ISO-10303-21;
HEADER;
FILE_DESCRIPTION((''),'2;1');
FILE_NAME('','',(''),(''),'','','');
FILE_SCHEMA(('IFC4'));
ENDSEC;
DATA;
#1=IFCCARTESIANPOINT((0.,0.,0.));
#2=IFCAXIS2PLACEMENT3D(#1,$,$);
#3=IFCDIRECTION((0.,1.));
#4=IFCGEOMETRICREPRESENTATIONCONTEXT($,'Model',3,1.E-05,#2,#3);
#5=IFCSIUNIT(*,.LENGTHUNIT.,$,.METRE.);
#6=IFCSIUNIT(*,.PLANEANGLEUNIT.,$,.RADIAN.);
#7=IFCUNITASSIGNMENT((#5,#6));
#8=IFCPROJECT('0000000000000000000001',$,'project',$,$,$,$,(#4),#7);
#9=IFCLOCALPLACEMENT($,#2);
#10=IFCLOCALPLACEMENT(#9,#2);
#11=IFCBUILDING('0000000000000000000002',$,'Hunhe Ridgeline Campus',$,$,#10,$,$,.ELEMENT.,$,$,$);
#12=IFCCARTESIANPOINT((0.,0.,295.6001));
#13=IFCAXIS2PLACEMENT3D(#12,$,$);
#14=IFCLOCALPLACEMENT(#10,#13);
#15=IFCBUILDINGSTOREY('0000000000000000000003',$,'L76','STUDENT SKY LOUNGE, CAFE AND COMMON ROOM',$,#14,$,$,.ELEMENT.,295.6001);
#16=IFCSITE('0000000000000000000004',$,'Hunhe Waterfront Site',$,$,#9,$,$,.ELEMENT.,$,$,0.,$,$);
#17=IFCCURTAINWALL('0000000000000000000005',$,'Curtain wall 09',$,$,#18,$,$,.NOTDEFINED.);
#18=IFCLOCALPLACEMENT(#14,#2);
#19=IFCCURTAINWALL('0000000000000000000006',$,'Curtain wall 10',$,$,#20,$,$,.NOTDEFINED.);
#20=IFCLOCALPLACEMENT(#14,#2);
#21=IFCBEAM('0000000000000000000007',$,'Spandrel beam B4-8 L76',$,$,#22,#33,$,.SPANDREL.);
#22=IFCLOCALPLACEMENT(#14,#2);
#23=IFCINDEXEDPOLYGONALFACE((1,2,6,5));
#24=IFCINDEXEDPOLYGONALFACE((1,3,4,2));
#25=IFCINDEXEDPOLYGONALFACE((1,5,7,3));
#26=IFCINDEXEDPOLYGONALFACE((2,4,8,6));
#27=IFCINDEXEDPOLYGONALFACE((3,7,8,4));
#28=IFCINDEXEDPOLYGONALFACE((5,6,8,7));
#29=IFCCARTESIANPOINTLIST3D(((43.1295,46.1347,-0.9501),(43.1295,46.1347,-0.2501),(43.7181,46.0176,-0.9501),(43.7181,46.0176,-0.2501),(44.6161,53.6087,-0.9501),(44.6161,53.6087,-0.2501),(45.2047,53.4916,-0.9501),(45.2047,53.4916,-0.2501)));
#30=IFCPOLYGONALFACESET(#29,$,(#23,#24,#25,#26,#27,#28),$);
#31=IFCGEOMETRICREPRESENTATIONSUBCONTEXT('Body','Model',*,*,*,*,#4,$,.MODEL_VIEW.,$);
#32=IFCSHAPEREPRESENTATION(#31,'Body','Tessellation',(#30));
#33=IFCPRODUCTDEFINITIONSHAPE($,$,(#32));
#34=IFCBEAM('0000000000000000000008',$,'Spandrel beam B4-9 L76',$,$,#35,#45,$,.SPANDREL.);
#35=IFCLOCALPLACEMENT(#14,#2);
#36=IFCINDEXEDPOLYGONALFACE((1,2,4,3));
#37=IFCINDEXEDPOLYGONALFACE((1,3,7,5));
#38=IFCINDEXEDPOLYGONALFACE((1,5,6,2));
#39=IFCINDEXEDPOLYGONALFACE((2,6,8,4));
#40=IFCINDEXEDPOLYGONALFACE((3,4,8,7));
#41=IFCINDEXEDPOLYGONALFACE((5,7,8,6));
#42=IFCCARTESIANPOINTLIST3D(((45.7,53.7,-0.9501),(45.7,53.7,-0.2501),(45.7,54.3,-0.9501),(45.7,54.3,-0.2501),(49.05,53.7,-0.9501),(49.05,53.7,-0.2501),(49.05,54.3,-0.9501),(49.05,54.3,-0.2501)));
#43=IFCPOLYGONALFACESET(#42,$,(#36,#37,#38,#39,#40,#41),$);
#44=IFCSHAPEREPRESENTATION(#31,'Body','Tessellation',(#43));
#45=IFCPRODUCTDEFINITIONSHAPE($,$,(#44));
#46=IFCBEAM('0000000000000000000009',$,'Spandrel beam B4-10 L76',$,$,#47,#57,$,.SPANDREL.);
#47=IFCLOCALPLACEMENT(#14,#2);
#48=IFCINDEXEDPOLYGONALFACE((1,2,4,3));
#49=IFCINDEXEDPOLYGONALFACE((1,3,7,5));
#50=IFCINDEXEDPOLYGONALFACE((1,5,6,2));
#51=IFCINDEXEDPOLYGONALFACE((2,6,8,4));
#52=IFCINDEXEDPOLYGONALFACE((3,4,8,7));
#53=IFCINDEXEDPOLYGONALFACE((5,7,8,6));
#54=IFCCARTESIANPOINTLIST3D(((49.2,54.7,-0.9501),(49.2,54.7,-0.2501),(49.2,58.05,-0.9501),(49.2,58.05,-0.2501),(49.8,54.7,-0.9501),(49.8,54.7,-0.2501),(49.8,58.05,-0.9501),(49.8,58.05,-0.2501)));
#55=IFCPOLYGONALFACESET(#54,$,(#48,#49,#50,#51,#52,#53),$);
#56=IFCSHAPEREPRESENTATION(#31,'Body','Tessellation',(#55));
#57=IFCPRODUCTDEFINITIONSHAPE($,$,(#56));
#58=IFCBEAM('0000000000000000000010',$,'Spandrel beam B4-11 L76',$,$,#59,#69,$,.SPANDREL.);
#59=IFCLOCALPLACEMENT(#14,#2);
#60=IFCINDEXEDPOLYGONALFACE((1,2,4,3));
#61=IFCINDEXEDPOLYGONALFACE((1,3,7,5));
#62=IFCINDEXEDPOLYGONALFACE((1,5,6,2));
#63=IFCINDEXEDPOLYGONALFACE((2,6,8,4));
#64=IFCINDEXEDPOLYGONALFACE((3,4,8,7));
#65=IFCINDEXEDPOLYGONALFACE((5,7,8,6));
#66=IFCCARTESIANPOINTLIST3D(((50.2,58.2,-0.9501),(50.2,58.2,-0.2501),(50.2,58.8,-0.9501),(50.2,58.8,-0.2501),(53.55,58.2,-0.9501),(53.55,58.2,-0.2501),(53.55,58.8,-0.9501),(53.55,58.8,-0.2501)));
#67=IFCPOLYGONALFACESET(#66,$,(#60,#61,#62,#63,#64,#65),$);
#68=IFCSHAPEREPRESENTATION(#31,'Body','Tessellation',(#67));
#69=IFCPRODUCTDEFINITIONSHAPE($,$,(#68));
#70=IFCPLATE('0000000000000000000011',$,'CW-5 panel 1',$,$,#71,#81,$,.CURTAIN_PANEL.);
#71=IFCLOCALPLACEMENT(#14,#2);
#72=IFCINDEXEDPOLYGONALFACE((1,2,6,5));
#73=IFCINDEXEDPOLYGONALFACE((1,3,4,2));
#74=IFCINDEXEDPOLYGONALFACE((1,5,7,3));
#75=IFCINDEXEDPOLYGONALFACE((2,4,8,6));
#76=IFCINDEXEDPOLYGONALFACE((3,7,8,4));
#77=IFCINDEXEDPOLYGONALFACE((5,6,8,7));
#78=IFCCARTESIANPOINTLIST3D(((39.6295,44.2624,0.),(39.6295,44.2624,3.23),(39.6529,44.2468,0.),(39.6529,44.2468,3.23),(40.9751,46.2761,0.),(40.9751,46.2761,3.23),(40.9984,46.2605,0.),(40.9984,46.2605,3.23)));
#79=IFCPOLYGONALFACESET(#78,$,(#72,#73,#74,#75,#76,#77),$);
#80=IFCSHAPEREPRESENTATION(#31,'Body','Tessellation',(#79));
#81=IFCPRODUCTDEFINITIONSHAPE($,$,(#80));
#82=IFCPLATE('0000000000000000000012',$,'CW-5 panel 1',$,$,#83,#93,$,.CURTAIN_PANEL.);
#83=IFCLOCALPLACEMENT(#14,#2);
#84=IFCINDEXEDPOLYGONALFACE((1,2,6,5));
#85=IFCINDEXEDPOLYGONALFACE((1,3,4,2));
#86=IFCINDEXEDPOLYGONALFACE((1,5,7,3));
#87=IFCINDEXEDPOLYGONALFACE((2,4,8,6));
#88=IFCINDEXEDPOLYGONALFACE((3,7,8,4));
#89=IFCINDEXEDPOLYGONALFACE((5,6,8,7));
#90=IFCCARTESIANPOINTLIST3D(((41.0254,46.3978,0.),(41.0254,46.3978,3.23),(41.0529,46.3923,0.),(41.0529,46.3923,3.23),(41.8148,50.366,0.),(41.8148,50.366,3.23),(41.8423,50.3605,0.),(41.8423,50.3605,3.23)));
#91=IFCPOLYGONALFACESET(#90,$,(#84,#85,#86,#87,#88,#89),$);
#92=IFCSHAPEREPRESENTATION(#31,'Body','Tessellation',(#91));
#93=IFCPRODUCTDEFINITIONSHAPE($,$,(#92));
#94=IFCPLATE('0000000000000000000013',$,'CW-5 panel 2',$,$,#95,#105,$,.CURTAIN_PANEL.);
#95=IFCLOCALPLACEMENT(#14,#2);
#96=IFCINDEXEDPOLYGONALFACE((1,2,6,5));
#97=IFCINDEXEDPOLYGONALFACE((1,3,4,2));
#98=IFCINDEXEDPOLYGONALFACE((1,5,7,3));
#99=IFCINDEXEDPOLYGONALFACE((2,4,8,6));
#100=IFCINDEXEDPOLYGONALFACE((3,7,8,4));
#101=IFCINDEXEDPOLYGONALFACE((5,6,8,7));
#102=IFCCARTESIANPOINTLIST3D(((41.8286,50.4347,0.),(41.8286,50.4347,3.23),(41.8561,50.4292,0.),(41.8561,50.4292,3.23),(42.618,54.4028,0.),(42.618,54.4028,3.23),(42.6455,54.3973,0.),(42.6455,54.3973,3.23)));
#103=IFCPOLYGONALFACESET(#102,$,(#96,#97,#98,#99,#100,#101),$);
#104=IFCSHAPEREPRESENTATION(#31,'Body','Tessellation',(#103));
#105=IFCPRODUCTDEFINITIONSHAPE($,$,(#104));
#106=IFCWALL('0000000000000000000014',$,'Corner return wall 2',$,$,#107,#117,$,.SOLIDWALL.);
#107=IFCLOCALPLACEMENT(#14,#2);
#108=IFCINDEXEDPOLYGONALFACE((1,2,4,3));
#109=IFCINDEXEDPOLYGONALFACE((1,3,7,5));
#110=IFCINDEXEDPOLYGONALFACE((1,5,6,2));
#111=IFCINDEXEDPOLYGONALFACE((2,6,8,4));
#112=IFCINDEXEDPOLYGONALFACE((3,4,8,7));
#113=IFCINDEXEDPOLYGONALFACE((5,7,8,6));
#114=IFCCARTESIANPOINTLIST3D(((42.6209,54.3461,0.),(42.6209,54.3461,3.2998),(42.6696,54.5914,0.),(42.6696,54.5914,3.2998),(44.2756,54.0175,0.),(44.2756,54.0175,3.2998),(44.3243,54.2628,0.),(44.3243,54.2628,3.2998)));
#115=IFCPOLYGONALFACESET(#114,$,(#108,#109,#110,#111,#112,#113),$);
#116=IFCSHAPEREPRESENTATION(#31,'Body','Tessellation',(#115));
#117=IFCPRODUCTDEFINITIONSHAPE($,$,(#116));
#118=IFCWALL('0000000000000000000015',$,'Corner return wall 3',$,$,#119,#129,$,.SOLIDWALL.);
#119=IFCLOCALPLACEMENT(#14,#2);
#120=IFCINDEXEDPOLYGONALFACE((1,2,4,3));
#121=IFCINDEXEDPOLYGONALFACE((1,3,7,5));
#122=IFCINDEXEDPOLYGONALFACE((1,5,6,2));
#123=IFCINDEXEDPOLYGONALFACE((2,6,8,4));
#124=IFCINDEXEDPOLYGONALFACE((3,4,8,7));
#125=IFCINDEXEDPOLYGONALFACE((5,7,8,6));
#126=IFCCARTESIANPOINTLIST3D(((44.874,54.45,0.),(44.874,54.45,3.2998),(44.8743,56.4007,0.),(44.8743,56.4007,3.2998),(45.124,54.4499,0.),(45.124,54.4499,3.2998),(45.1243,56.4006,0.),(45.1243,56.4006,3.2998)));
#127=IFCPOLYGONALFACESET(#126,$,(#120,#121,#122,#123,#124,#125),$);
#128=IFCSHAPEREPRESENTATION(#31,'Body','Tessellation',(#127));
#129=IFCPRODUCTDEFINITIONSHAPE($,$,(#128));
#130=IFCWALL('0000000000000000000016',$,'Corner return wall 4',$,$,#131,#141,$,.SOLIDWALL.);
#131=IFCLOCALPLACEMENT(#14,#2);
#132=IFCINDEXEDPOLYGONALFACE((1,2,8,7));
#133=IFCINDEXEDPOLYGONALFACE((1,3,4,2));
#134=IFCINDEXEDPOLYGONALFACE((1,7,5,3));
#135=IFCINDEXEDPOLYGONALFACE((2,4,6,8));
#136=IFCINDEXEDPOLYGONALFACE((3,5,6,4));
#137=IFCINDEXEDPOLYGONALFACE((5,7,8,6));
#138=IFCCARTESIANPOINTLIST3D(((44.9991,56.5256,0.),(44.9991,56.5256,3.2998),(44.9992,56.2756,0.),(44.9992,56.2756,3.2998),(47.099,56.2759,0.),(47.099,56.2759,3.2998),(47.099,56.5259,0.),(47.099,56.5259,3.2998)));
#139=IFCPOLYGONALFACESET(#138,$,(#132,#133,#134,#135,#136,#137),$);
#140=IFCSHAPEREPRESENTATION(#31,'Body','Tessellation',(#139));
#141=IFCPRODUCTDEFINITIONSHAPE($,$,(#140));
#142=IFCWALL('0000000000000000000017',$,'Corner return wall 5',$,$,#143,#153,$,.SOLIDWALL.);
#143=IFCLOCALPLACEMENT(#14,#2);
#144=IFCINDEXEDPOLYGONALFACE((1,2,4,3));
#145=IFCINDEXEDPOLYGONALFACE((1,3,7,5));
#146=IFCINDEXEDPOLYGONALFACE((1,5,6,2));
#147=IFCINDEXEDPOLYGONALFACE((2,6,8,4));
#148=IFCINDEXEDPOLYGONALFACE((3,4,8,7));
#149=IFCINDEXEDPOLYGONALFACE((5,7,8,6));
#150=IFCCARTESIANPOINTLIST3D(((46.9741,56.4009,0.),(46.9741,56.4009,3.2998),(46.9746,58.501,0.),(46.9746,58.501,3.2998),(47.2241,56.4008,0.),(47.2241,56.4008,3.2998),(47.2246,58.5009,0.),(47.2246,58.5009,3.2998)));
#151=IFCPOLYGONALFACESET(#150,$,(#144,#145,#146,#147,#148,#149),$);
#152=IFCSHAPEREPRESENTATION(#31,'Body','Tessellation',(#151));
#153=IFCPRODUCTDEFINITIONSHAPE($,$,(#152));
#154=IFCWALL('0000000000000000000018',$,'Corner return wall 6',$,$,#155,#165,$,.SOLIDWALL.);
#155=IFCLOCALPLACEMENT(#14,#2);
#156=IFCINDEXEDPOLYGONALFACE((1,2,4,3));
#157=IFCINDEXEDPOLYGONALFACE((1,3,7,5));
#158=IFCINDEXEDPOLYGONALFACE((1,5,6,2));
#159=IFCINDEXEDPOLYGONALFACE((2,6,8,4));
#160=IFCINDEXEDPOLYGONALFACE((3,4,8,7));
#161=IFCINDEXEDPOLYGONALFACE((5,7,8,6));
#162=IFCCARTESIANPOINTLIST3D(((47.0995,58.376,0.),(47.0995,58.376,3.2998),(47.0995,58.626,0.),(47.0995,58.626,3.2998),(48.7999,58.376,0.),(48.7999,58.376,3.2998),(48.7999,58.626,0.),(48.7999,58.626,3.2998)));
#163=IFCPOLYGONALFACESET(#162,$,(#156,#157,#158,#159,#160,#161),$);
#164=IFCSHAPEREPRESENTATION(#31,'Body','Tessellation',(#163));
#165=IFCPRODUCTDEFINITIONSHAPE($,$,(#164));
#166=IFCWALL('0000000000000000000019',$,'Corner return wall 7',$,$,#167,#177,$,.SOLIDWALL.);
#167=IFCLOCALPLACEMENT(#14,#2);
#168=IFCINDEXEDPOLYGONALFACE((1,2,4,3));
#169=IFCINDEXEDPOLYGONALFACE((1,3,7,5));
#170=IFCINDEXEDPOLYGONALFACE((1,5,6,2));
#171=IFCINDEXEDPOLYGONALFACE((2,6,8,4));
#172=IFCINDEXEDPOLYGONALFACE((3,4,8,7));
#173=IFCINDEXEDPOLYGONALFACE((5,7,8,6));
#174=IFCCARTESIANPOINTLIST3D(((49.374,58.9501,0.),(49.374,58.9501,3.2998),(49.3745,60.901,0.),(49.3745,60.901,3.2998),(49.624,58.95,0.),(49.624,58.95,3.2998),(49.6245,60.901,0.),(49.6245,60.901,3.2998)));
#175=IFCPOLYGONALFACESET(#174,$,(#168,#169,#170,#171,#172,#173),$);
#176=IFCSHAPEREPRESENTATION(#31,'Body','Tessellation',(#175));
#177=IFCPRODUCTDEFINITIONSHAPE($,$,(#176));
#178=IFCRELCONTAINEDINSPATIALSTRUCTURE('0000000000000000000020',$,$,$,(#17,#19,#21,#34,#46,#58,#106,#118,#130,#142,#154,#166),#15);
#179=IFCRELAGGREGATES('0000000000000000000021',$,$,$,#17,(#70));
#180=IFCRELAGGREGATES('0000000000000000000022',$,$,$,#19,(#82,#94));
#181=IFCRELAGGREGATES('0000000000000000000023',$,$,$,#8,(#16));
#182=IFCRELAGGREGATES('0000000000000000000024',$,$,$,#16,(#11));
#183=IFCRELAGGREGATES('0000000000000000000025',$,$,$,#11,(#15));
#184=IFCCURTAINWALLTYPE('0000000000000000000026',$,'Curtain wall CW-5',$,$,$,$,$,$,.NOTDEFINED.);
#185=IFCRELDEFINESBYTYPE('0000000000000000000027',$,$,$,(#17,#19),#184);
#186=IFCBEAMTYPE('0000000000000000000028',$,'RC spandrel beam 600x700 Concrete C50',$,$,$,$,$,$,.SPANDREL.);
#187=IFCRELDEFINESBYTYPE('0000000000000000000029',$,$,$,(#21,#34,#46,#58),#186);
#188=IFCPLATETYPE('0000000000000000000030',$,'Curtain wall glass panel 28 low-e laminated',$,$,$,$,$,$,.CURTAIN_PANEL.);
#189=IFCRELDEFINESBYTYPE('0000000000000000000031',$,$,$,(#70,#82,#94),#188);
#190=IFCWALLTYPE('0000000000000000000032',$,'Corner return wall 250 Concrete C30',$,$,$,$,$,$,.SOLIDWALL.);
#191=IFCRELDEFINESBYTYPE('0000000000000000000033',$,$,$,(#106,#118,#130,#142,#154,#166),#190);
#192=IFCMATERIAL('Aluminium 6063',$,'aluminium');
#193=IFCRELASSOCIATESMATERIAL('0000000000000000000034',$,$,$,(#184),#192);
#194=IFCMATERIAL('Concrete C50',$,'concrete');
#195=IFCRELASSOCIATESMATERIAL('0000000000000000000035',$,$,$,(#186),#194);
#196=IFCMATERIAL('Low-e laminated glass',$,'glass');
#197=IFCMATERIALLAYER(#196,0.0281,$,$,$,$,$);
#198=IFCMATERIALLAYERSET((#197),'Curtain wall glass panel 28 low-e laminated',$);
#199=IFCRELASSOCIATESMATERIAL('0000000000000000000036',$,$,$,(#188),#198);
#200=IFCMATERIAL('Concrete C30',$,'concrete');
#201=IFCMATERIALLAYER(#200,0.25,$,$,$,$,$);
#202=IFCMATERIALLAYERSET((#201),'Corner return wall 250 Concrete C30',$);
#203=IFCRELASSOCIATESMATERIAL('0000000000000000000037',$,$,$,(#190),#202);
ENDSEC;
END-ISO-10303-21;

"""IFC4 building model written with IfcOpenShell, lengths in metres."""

from ifc_helpers import new_model, si_unit, direction, frame, frame_2d, origin, origin_2d, place, context, subcontext, project, spatial, rectangle, extrude, material, layer, layer_set, material_profile, profile_set, type_object, element, aggregate, save


model = new_model("IFC4")

# Units and contexts
model_context = context("Model", 3, precision=1e-05, world=origin(), true_north=direction((0.0, 1.0)))
body_context = subcontext(model_context, "Body", "Model", "MODEL_VIEW")
ifc_project = project(units=[si_unit("LENGTHUNIT", "METRE"), si_unit("PLANEANGLEUNIT", "RADIAN")], contexts=[model_context])

# Site, building, storey
site_placement = place(None, origin())
site = spatial("IfcSite", under=ifc_project, at=site_placement, Name="Hunhe Waterfront Site", CompositionType="ELEMENT", RefElevation=0.0)
building_placement = place(site_placement, origin())
building = spatial("IfcBuilding", under=site, at=building_placement, Name="Hunhe Ridgeline Campus", CompositionType="ELEMENT")
storey_placement = place(building_placement, frame((0.0, 0.0, 295.6001)))
storey = spatial("IfcBuildingStorey", under=building, at=storey_placement, Name="L76", Description="STUDENT SKY LOUNGE, CAFE AND COMMON ROOM", CompositionType="ELEMENT", Elevation=295.6001)

# Shared definitions
ifc_material_1 = material(Name="Concrete C50", Category="concrete")

# Shared definitions
ifc_material_2 = material(Name="Aluminium 6063", Category="aluminium")
curtain_wall_type = type_object("IfcCurtainWallType", Name="Curtain wall CW-5", PredefinedType="NOTDEFINED", material=ifc_material_2)

# Curtain walls
curtain_wall_1_placement = place(storey_placement, origin())
curtain_wall_1 = element("IfcCurtainWall", 1, at=curtain_wall_1_placement, inside=storey, type_object=curtain_wall_type, Name="Curtain wall 09", PredefinedType="NOTDEFINED")
curtain_wall_2_placement = place(storey_placement, origin())
curtain_wall_2 = element("IfcCurtainWall", 2, at=curtain_wall_2_placement, inside=storey, type_object=curtain_wall_type, Name="Curtain wall 10", PredefinedType="NOTDEFINED")

# Beams
ifc_material_profile_1 = material_profile(ifc_material_1, rectangle(XDim=0.6001, YDim=0.7, at=origin_2d()))
ifc_profile_set_1 = profile_set([ifc_material_profile_1], Name="Concrete C50")
beam_type = type_object("IfcBeamType", Name="RC spandrel beam 600x700 Concrete C50", PredefinedType="SPANDREL", material=ifc_profile_set_1)
beam_placement = place(storey_placement, frame((43.4238, 46.0762, -0.6001), z_axis=(0.195081, 0.980787, 0.0), x_axis=(-0.980787, 0.195081, 0.0)))
element("IfcBeam", 3, at=beam_placement, inside=storey, type_object=beam_type, Name="Spandrel beam B4-8 L76", PredefinedType="SPANDREL", context=body_context, shape_type="SweptSolid", body=[
    extrude(rectangle(XDim=0.6001, YDim=0.7, at=origin_2d()), origin(), (0.0, 0.0, 1.0), 7.6204),
])
for number, where, z_axis, x_axis, name in (
    (4, (45.7, 54.0, -0.6001), (1.0, 0.0, 0.0), (0.0, 1.0, 0.0), "Spandrel beam B4-9 L76"),
    (5, (49.5, 54.7, -0.6001), (0.0, 1.0, 0.0), (-1.0, 0.0, 0.0), "Spandrel beam B4-10 L76"),
    (6, (50.2, 58.5, -0.6001), (1.0, 0.0, 0.0), (0.0, 1.0, 0.0), "Spandrel beam B4-11 L76"),
):
    element("IfcBeam", number, at=place(storey_placement, frame(where, z_axis=z_axis, x_axis=x_axis)), inside=storey, type_object=beam_type, Name=name, PredefinedType="SPANDREL", context=body_context, shape_type="SweptSolid", body=[
        extrude(rectangle(XDim=0.6001, YDim=0.7, at=origin_2d()), origin(), (0.0, 0.0, 1.0), 3.3501),
    ])

# Plates
ifc_material_3 = material(Name="Low-e laminated glass", Category="glass")
ifc_layer_1 = layer(ifc_material_3, 0.0281)
ifc_layer_set_1 = layer_set([ifc_layer_1], Name="Curtain wall glass panel 28 low-e laminated")
plate_type = type_object("IfcPlateType", Name="Curtain wall glass panel 28 low-e laminated", PredefinedType="CURTAIN_PANEL", material=ifc_layer_set_1)
plate_1_placement = place(storey_placement, frame((40.314, 45.2615, 0.0), z_axis=(0.0, 0.0, 1.0), x_axis=(0.55557, 0.83147, 0.0)))
plate_1 = element("IfcPlate", 7, at=plate_1_placement, type_object=plate_type, Name="CW-5 panel 1", PredefinedType="CURTAIN_PANEL", context=body_context, shape_type="SweptSolid", body=[
    extrude(rectangle(XDim=2.4219, YDim=0.0281, at=origin_2d()), origin(), (0.0, 0.0, 1.0), 3.23),
])
aggregate(curtain_wall_1, [plate_1])
plate_2_placement = place(storey_placement, frame((41.4338, 48.3792, 0.0), z_axis=(0.0, 0.0, 1.0), x_axis=(0.195104, 0.980783, 0.0)))
plate_2 = element("IfcPlate", 8, at=plate_2_placement, type_object=plate_type, Name="CW-5 panel 1", PredefinedType="CURTAIN_PANEL", context=body_context, shape_type="SweptSolid", body=[
    extrude(rectangle(XDim=4.0459, YDim=0.0281, at=origin_2d()), origin(), (0.0, 0.0, 1.0), 3.23),
])
plate_3_placement = place(storey_placement, frame((42.2371, 52.416, 0.0), z_axis=(0.0, 0.0, 1.0), x_axis=(0.195104, 0.980783, 0.0)))
plate_3 = element("IfcPlate", 9, at=plate_3_placement, type_object=plate_type, Name="CW-5 panel 2", PredefinedType="CURTAIN_PANEL", context=body_context, shape_type="SweptSolid", body=[
    extrude(rectangle(XDim=4.0459, YDim=0.0281, at=origin_2d()), origin(), (0.0, 0.0, 1.0), 3.23),
])
aggregate(curtain_wall_2, [plate_2, plate_3])

# Walls
ifc_material_4 = material(Name="Concrete C30", Category="concrete")
ifc_layer_2 = layer(ifc_material_4, 0.25)
ifc_layer_set_2 = layer_set([ifc_layer_2], Name="Corner return wall 250 Concrete C30")
wall_type_1 = type_object("IfcWallType", Name="Corner return wall 250 Concrete C30", PredefinedType="SOLIDWALL", material=ifc_layer_set_2)
wall_1_placement = place(storey_placement, frame((42.6453, 54.4688, 0.0), z_axis=(0.0, 0.0, 1.0), x_axis=(0.980847, -0.19478, 0.0)))
element("IfcWall", 10, at=wall_1_placement, inside=storey, type_object=wall_type_1, Name="Corner return wall 2", PredefinedType="SOLIDWALL", context=body_context, shape_type="SweptSolid", body=[
    extrude(rectangle(XDim=1.687, YDim=0.25, at=frame_2d((0.8435, 0.0))), origin(), (0.0, 0.0, 1.0), 3.2998),
])
wall_2_placement = place(storey_placement, frame((44.999, 54.45, 0.0), z_axis=(0.0, 0.0, 1.0), x_axis=(0.000125, 1.0, 0.0)))
element("IfcWall", 11, at=wall_2_placement, inside=storey, type_object=wall_type_1, Name="Corner return wall 3", PredefinedType="SOLIDWALL", context=body_context, shape_type="SweptSolid", body=[
    extrude(rectangle(XDim=1.9507, YDim=0.25, at=frame_2d((0.9753, 0.0))), origin(), (0.0, 0.0, 1.0), 3.2998),
])
wall_3_placement = place(storey_placement, frame((44.9993, 56.4006, 0.0), z_axis=(0.0, 0.0, 1.0), x_axis=(1.0, 0.000116, 0.0)))
element("IfcWall", 12, at=wall_3_placement, inside=storey, type_object=wall_type_1, Name="Corner return wall 4", PredefinedType="SOLIDWALL", context=body_context, shape_type="SweptSolid", body=[
    extrude(rectangle(XDim=2.0999, YDim=0.25, at=frame_2d((1.0498, 0.0))), origin(), (0.0, 0.0, 1.0), 3.2998),
])
wall_4_placement = place(storey_placement, frame((47.0991, 56.4009, 0.0), z_axis=(0.0, 0.0, 1.0), x_axis=(0.000233, 1.0, 0.0)))
element("IfcWall", 13, at=wall_4_placement, inside=storey, type_object=wall_type_1, Name="Corner return wall 5", PredefinedType="SOLIDWALL", context=body_context, shape_type="SweptSolid", body=[
    extrude(rectangle(XDim=2.1001, YDim=0.25, at=frame_2d((1.05, 0.0))), origin(), (0.0, 0.0, 1.0), 3.2998),
])
wall_5_placement = place(storey_placement, frame((47.0996, 58.501, 0.0), z_axis=(0.0, 0.0, 1.0), x_axis=(1.0, 0.0, 0.0)))
element("IfcWall", 14, at=wall_5_placement, inside=storey, type_object=wall_type_1, Name="Corner return wall 6", PredefinedType="SOLIDWALL", context=body_context, shape_type="SweptSolid", body=[
    extrude(rectangle(XDim=1.7004, YDim=0.25, at=frame_2d((0.8501, 0.0))), origin(), (0.0, 0.0, 1.0), 3.2998),
])
wall_6_placement = place(storey_placement, frame((49.499, 58.95, 0.0), z_axis=(0.0, 0.0, 1.0), x_axis=(0.00025, 1.0, 0.0)))
element("IfcWall", 15, at=wall_6_placement, inside=storey, type_object=wall_type_1, Name="Corner return wall 7", PredefinedType="SOLIDWALL", context=body_context, shape_type="SweptSolid", body=[
    extrude(rectangle(XDim=1.9509, YDim=0.25, at=frame_2d((0.9756, 0.0))), origin(), (0.0, 0.0, 1.0), 3.2998),
])

save(model, "model.ifc")
